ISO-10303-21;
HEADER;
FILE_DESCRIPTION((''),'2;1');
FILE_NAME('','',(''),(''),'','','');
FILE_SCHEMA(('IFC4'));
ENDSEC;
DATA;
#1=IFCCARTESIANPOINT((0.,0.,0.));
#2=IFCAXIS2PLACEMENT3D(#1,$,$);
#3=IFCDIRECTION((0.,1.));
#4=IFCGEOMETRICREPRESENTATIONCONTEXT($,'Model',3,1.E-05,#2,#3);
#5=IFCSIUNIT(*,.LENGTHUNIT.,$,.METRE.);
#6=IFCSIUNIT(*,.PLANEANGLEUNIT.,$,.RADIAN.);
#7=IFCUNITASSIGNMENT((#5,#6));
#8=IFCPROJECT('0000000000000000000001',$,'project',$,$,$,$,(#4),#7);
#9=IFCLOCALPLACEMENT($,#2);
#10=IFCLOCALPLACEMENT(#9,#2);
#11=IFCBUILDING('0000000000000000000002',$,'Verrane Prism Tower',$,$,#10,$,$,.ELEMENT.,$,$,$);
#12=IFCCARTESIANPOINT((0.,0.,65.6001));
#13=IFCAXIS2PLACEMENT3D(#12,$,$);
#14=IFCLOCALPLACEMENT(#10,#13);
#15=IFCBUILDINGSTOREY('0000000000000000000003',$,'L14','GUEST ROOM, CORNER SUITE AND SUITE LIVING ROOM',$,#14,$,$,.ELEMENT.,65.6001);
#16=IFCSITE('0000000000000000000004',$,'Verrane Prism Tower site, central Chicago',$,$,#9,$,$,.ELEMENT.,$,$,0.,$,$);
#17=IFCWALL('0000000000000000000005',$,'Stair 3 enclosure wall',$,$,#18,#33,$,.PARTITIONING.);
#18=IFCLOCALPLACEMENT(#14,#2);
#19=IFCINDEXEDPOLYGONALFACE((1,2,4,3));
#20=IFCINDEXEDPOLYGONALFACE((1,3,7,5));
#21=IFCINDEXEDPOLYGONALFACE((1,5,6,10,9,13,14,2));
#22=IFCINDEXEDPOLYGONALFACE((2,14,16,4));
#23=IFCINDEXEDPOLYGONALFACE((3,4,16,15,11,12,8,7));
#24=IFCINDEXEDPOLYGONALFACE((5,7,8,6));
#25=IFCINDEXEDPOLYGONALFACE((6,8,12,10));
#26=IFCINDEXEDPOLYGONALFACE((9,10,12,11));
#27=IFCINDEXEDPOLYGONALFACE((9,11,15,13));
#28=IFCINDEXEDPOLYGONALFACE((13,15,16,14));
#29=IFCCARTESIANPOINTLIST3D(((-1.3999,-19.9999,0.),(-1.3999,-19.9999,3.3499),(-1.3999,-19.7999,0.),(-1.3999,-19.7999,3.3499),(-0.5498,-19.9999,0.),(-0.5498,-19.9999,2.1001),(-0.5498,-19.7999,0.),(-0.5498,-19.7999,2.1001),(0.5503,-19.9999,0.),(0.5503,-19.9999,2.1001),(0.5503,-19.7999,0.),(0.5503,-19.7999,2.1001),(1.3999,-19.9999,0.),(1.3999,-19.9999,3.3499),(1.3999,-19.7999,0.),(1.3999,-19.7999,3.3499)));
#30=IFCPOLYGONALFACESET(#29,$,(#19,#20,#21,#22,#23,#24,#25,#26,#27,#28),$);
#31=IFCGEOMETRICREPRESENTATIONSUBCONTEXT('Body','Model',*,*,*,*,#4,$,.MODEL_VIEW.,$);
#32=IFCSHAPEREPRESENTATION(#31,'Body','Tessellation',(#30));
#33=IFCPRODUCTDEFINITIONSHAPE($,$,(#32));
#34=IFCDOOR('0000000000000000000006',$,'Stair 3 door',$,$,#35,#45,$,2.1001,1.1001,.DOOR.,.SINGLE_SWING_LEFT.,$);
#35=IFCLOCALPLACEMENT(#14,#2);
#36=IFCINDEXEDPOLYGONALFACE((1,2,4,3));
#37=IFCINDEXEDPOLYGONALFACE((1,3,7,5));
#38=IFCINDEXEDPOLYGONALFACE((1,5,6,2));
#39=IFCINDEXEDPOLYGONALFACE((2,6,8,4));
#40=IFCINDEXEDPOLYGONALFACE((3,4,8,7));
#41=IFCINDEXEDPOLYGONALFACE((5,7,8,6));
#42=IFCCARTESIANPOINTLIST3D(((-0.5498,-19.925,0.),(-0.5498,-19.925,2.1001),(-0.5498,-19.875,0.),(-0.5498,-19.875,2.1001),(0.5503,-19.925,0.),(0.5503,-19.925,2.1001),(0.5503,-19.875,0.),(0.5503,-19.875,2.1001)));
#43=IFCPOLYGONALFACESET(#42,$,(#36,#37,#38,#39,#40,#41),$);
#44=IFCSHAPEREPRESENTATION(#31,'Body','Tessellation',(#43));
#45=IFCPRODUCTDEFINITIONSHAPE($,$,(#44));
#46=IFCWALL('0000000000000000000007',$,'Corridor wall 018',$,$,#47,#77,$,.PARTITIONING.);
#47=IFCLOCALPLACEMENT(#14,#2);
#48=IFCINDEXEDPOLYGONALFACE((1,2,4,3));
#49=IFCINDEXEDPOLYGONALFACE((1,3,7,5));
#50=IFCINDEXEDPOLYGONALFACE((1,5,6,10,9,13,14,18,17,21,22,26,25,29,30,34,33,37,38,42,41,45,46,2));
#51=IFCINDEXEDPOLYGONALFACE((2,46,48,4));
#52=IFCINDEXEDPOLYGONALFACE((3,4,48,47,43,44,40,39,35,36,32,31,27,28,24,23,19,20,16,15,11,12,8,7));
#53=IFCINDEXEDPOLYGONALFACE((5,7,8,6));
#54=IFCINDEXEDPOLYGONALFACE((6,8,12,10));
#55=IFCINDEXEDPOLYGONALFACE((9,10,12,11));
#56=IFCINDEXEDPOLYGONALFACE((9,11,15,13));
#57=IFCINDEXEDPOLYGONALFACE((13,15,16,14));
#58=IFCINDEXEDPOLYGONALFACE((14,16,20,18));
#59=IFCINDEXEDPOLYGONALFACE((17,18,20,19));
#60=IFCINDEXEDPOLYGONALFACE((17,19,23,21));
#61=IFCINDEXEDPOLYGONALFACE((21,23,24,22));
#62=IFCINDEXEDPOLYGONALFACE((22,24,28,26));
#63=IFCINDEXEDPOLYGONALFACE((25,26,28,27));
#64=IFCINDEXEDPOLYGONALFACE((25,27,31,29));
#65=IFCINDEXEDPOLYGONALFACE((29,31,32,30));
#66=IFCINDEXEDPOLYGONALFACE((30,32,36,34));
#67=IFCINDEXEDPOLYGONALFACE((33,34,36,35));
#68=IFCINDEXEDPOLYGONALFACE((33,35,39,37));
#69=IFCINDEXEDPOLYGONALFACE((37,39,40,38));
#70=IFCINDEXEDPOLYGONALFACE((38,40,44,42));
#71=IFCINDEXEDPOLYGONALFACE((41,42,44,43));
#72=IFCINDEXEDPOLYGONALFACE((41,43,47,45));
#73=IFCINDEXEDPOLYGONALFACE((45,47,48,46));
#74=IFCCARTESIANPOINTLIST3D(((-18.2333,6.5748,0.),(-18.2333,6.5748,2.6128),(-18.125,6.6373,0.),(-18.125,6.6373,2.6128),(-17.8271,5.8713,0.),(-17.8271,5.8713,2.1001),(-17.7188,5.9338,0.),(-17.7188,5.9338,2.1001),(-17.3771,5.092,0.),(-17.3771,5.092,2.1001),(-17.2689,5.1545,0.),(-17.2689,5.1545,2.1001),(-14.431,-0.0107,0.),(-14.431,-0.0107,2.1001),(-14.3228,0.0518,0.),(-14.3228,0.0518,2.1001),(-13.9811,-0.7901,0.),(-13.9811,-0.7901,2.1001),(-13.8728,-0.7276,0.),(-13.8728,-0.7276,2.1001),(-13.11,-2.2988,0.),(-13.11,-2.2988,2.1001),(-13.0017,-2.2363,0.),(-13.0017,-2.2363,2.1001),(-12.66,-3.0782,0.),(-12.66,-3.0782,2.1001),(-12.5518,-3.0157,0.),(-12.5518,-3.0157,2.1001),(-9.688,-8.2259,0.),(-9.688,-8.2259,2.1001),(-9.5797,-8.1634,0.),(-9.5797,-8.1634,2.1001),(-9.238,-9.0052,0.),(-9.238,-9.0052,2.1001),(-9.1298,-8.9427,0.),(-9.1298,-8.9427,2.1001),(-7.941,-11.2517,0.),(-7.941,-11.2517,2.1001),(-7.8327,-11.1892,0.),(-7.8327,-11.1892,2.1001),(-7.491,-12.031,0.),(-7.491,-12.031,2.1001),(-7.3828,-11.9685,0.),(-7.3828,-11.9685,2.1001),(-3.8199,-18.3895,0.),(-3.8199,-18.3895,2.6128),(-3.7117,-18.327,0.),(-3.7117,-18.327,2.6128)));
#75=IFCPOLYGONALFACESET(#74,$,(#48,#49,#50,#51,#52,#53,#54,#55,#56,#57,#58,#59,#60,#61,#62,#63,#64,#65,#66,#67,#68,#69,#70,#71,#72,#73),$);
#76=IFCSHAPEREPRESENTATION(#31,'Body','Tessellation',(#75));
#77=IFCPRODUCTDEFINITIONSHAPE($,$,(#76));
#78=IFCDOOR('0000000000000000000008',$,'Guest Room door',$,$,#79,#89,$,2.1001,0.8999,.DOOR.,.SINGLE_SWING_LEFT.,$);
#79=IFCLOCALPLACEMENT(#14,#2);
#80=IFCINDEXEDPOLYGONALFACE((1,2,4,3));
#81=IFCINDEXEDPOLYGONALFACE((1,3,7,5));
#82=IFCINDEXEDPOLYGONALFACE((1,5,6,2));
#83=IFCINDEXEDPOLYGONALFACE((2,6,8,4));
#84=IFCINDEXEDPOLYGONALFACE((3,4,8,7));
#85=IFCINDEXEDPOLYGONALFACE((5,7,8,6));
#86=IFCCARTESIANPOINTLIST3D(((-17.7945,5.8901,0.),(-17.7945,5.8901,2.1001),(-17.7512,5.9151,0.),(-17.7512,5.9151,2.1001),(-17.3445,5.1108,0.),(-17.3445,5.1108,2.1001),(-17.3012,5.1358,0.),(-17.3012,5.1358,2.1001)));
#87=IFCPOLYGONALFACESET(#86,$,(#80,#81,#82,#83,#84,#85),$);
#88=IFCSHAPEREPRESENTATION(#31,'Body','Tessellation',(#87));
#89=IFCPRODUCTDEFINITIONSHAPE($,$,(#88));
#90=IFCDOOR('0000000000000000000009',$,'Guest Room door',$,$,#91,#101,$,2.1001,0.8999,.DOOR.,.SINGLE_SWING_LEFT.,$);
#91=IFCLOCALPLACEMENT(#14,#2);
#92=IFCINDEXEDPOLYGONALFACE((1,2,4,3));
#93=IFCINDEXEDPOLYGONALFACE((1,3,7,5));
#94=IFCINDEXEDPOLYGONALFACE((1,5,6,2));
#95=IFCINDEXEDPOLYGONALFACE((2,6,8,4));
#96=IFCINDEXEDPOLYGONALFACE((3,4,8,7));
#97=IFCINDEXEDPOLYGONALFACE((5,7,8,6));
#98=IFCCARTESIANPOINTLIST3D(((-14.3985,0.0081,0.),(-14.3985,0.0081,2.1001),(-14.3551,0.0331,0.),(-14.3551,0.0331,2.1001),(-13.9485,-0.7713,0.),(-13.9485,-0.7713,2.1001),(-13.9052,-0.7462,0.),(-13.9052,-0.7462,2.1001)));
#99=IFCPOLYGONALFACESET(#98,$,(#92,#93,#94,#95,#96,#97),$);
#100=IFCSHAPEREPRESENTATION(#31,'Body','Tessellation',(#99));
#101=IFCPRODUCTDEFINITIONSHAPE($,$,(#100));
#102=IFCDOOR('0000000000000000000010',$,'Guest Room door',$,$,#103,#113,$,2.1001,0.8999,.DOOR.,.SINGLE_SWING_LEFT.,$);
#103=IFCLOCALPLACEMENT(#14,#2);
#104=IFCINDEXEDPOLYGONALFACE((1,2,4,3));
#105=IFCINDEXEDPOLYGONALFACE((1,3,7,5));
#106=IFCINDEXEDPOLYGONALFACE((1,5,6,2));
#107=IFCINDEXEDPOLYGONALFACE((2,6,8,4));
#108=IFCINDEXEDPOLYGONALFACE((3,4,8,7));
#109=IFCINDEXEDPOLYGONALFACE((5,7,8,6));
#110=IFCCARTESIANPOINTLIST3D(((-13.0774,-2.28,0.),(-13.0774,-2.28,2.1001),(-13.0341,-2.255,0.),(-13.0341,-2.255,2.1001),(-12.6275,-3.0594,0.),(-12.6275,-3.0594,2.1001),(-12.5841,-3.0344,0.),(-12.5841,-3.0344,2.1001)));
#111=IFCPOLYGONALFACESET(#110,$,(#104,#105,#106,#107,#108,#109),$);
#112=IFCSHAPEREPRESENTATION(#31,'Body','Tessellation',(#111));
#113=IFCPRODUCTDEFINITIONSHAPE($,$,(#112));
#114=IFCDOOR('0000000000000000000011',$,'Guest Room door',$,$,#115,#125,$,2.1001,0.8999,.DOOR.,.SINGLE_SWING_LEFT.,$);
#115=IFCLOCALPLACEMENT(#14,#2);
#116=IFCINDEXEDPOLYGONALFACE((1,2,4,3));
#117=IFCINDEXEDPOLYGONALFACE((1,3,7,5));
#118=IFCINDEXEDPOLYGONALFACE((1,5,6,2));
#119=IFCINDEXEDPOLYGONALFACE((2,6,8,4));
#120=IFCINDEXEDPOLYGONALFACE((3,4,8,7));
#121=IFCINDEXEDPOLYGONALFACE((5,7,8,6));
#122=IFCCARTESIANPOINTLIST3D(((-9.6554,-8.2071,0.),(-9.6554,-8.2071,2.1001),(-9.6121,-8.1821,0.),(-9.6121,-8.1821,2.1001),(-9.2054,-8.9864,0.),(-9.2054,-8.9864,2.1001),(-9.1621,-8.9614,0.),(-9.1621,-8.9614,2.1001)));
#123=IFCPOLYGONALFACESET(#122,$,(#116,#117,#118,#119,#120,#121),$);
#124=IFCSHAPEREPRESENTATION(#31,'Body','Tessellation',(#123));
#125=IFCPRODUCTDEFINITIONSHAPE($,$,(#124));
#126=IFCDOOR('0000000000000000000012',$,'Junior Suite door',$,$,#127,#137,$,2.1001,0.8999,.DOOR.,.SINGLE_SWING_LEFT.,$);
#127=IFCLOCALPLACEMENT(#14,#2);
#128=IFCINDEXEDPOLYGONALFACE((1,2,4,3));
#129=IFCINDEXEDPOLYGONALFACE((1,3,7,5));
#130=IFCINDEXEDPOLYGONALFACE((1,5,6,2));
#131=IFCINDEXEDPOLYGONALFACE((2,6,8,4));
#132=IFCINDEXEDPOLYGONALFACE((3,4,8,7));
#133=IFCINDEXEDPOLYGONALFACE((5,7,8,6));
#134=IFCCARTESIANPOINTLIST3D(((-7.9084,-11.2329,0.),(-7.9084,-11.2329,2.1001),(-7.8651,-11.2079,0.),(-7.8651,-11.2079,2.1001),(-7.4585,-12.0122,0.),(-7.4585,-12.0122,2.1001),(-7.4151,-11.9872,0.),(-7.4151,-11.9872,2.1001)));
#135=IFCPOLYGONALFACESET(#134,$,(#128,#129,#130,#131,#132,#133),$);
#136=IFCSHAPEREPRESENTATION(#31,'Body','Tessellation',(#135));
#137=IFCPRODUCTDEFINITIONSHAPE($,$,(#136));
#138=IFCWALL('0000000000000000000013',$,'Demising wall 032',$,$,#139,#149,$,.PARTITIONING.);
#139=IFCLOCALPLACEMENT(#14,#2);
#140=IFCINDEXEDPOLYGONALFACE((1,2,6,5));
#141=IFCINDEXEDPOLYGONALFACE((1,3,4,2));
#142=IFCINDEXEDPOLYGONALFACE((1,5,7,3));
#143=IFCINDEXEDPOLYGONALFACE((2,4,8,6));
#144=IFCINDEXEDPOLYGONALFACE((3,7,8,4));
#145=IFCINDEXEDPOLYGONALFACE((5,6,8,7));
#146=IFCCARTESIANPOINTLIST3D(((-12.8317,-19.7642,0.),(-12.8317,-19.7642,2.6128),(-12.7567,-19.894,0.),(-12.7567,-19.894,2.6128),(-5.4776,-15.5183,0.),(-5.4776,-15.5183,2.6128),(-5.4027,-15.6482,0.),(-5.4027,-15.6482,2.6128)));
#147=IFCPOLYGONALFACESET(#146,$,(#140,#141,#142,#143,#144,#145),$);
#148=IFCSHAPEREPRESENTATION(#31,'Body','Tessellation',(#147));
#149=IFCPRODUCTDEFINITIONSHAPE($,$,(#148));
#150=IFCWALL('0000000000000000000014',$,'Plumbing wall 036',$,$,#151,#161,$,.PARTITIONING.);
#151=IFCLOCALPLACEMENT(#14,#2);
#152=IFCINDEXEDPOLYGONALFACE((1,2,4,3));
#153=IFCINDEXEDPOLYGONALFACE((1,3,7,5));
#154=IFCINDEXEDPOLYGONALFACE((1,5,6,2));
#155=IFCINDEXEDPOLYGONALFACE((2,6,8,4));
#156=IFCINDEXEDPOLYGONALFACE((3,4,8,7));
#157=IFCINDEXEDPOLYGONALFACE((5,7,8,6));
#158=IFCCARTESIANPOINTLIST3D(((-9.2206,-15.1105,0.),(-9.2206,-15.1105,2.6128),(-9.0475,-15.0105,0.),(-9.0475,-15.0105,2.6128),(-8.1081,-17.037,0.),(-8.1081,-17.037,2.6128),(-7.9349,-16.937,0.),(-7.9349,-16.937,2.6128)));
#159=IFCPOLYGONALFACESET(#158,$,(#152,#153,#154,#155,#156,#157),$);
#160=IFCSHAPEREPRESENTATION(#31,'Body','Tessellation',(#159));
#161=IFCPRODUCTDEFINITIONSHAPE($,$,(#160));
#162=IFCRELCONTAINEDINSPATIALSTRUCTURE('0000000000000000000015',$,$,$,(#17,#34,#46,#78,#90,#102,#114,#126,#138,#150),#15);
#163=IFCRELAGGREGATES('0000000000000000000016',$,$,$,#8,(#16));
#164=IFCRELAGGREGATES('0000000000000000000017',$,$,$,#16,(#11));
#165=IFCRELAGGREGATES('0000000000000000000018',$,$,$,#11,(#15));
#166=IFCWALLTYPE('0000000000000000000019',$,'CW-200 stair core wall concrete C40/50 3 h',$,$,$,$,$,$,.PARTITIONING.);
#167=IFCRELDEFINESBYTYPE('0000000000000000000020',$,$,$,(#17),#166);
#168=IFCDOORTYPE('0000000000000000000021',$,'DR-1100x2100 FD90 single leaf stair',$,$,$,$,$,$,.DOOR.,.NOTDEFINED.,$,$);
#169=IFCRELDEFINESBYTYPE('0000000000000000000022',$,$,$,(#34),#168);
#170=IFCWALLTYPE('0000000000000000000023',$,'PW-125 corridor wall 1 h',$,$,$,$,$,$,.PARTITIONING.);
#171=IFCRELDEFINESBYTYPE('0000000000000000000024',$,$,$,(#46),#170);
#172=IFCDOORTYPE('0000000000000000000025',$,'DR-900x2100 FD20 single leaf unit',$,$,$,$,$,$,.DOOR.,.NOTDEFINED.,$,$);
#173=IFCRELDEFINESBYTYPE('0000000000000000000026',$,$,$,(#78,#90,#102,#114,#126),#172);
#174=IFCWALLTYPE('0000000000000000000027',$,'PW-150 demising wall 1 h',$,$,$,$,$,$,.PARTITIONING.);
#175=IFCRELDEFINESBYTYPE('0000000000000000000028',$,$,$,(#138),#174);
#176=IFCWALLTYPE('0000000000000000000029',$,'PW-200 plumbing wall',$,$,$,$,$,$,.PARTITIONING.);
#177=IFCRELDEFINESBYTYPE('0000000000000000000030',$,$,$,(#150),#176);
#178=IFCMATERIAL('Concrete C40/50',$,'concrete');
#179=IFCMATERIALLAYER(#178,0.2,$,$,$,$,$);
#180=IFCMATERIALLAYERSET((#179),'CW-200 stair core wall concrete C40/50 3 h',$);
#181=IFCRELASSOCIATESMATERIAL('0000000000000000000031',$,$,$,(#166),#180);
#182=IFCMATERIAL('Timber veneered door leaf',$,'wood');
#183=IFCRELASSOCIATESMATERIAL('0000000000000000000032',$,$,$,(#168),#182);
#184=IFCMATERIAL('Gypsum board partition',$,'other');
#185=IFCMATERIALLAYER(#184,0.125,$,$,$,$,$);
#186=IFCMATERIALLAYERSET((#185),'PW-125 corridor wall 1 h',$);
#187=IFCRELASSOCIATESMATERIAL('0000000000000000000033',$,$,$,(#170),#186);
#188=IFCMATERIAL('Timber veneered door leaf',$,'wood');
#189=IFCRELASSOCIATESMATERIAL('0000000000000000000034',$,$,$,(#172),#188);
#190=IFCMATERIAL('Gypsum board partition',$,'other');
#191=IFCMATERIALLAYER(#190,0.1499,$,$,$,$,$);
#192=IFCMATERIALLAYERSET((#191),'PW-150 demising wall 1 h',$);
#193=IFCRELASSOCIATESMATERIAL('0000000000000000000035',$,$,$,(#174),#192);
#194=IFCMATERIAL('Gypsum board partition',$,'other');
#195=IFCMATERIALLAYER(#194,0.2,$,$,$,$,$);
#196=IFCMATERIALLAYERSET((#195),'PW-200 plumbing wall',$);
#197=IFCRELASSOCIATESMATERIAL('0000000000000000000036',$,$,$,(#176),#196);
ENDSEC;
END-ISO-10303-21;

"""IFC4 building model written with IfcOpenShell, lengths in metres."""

from ifc_helpers import new_model, si_unit, direction, frame, frame_2d, origin, place, context, subcontext, project, spatial, rectangle, extrude, material, layer, layer_set, type_object, element, fill, save


model = new_model("IFC4")

# Units and contexts
model_context = context("Model", 3, precision=1e-05, world=origin(), true_north=direction((0.0, 1.0)))
body_context = subcontext(model_context, "Body", "Model", "MODEL_VIEW")
ifc_project = project(units=[si_unit("LENGTHUNIT", "METRE"), si_unit("PLANEANGLEUNIT", "RADIAN")], contexts=[model_context])

# Site, building, storey
site_placement = place(None, origin())
site = spatial("IfcSite", under=ifc_project, at=site_placement, Name="Verrane Prism Tower site, central Chicago", CompositionType="ELEMENT", RefElevation=0.0)
building_placement = place(site_placement, origin())
building = spatial("IfcBuilding", under=site, at=building_placement, Name="Verrane Prism Tower", CompositionType="ELEMENT")
storey_placement = place(building_placement, frame((0.0, 0.0, 65.6001)))
storey = spatial("IfcBuildingStorey", under=building, at=storey_placement, Name="L14", Description="GUEST ROOM, CORNER SUITE AND SUITE LIVING ROOM", CompositionType="ELEMENT", Elevation=65.6001)

# Wall, opening, door
ifc_material_1 = material(Name="Concrete C40/50", Category="concrete")
ifc_layer_1 = layer(ifc_material_1, 0.2)
ifc_layer_set_1 = layer_set([ifc_layer_1], Name="CW-200 stair core wall concrete C40/50 3 h")
wall_type_1 = type_object("IfcWallType", Name="CW-200 stair core wall concrete C40/50 3 h", PredefinedType="PARTITIONING", material=ifc_layer_set_1)
wall_1_placement = place(storey_placement, frame((-1.3999, -19.8999, 0.0), z_axis=(0.0, 0.0, 1.0), x_axis=(1.0, 0.0, 0.0)))
wall_1 = element("IfcWall", 1, at=wall_1_placement, inside=storey, type_object=wall_type_1, Name="Stair 3 enclosure wall", PredefinedType="PARTITIONING", context=body_context, shape_type="SweptSolid", body=[
    extrude(rectangle(XDim=2.7998, YDim=0.2, at=frame_2d((1.3999, 0.0))), origin(), (0.0, 0.0, 1.0), 3.3499),
])
opening_1_placement = place(wall_1_placement, frame((0.8501, 0.0, 0.0)))
opening_1 = element("IfcOpeningElement", 2, at=opening_1_placement, cuts=wall_1, PredefinedType="OPENING", context=body_context, shape_type="SweptSolid", body=[
    extrude(rectangle(XDim=1.1001, YDim=2.1001, at=frame_2d((0.55, 1.05))), frame((0.0, 0.1099, 0.0), z_axis=(0.0, -1.0, 0.0), x_axis=(1.0, 0.0, 0.0)), (0.0, 0.0, 1.0), 0.22),
])
ifc_material_2 = material(Name="Timber veneered door leaf", Category="wood")
door_type_1 = type_object("IfcDoorType", Name="DR-1100x2100 FD90 single leaf stair", OperationType="NOTDEFINED", PredefinedType="DOOR", material=ifc_material_2)
door_1_placement = place(opening_1_placement, origin())
door_1 = element("IfcDoor", 3, at=door_1_placement, inside=storey, type_object=door_type_1, Name="Stair 3 door", OperationType="SINGLE_SWING_LEFT", OverallHeight=2.1001, OverallWidth=1.1001, PredefinedType="DOOR", context=body_context, shape_type="SweptSolid", body=[
    extrude(rectangle(XDim=1.1001, YDim=2.1001, at=frame_2d((0.55, 1.05))), frame((0.0, 0.0249, 0.0), z_axis=(0.0, -1.0, 0.0), x_axis=(1.0, 0.0, 0.0)), (0.0, 0.0, 1.0), 0.05),
])
fill(opening_1, door_1)

# Wall, openings, doors
ifc_material_3 = material(Name="Gypsum board partition", Category="other")
ifc_layer_2 = layer(ifc_material_3, 0.125)
ifc_layer_set_2 = layer_set([ifc_layer_2], Name="PW-125 corridor wall 1 h")
wall_type_2 = type_object("IfcWallType", Name="PW-125 corridor wall 1 h", PredefinedType="PARTITIONING", material=ifc_layer_set_2)
wall_2_placement = place(storey_placement, frame((-3.7659, -18.3582, 0.0), z_axis=(0.0, 0.0, 1.0), x_axis=(-0.500004, 0.866023, 0.0)))
wall_2 = element("IfcWall", 4, at=wall_2_placement, inside=storey, type_object=wall_type_2, Name="Corridor wall 018", PredefinedType="PARTITIONING", context=body_context, shape_type="SweptSolid", body=[
    extrude(rectangle(XDim=28.8264, YDim=0.125, at=frame_2d((14.4131, 0.0))), origin(), (0.0, 0.0, 1.0), 2.6128),
])
opening_2_placement = place(wall_2_placement, frame((27.114, 0.0, 0.0)))
opening_2 = element("IfcOpeningElement", 5, at=opening_2_placement, cuts=wall_2, PredefinedType="OPENING", context=body_context, shape_type="SweptSolid", body=[
    extrude(rectangle(XDim=0.8999, YDim=2.1001, at=frame_2d((0.45, 1.05))), frame((0.0, 0.0725, 0.0), z_axis=(0.0, -1.0, 0.0), x_axis=(1.0, 0.0, 0.0)), (0.0, 0.0, 1.0), 0.145),
])
opening_3_placement = place(wall_2_placement, frame((20.322, 0.0, 0.0)))
opening_3 = element("IfcOpeningElement", 6, at=opening_3_placement, cuts=wall_2, PredefinedType="OPENING", context=body_context, shape_type="SweptSolid", body=[
    extrude(rectangle(XDim=0.8999, YDim=2.1001, at=frame_2d((0.45, 1.05))), frame((0.0, 0.0725, 0.0), z_axis=(0.0, -1.0, 0.0), x_axis=(1.0, 0.0, 0.0)), (0.0, 0.0, 1.0), 0.145),
])
opening_4_placement = place(wall_2_placement, frame((17.6799, 0.0, 0.0)))
opening_4 = element("IfcOpeningElement", 7, at=opening_4_placement, cuts=wall_2, PredefinedType="OPENING", context=body_context, shape_type="SweptSolid", body=[
    extrude(rectangle(XDim=0.8999, YDim=2.1001, at=frame_2d((0.45, 1.05))), frame((0.0, 0.0725, 0.0), z_axis=(0.0, -1.0, 0.0), x_axis=(1.0, 0.0, 0.0)), (0.0, 0.0, 1.0), 0.145),
])
opening_5_placement = place(wall_2_placement, frame((10.8359, 0.0, 0.0)))
opening_5 = element("IfcOpeningElement", 8, at=opening_5_placement, cuts=wall_2, PredefinedType="OPENING", context=body_context, shape_type="SweptSolid", body=[
    extrude(rectangle(XDim=0.8999, YDim=2.1001, at=frame_2d((0.45, 1.05))), frame((0.0, 0.0725, 0.0), z_axis=(0.0, -1.0, 0.0), x_axis=(1.0, 0.0, 0.0)), (0.0, 0.0, 1.0), 0.145),
])
opening_6_placement = place(wall_2_placement, frame((7.342, 0.0, 0.0)))
opening_6 = element("IfcOpeningElement", 9, at=opening_6_placement, cuts=wall_2, PredefinedType="OPENING", context=body_context, shape_type="SweptSolid", body=[
    extrude(rectangle(XDim=0.8999, YDim=2.1001, at=frame_2d((0.45, 1.05))), frame((0.0, 0.0725, 0.0), z_axis=(0.0, -1.0, 0.0), x_axis=(1.0, 0.0, 0.0)), (0.0, 0.0, 1.0), 0.145),
])
ifc_material_4 = material(Name="Timber veneered door leaf", Category="wood")
door_type_2 = type_object("IfcDoorType", Name="DR-900x2100 FD20 single leaf unit", OperationType="NOTDEFINED", PredefinedType="DOOR", material=ifc_material_4)
door_2_placement = place(opening_2_placement, origin())
door_2 = element("IfcDoor", 10, at=door_2_placement, inside=storey, type_object=door_type_2, Name="Guest Room door", OperationType="SINGLE_SWING_LEFT", OverallHeight=2.1001, OverallWidth=0.8999, PredefinedType="DOOR", context=body_context, shape_type="SweptSolid", body=[
    extrude(rectangle(XDim=0.8999, YDim=2.1001, at=frame_2d((0.45, 1.05))), frame((0.0, 0.0249, 0.0), z_axis=(0.0, -1.0, 0.0), x_axis=(1.0, 0.0, 0.0)), (0.0, 0.0, 1.0), 0.05),
])
fill(opening_2, door_2)
door_3_placement = place(opening_3_placement, origin())
door_3 = element("IfcDoor", 11, at=door_3_placement, inside=storey, type_object=door_type_2, Name="Guest Room door", OperationType="SINGLE_SWING_LEFT", OverallHeight=2.1001, OverallWidth=0.8999, PredefinedType="DOOR", context=body_context, shape_type="SweptSolid", body=[
    extrude(rectangle(XDim=0.8999, YDim=2.1001, at=frame_2d((0.45, 1.05))), frame((0.0, 0.0249, 0.0), z_axis=(0.0, -1.0, 0.0), x_axis=(1.0, 0.0, 0.0)), (0.0, 0.0, 1.0), 0.05),
])
fill(opening_3, door_3)
door_4_placement = place(opening_4_placement, origin())
door_4 = element("IfcDoor", 12, at=door_4_placement, inside=storey, type_object=door_type_2, Name="Guest Room door", OperationType="SINGLE_SWING_LEFT", OverallHeight=2.1001, OverallWidth=0.8999, PredefinedType="DOOR", context=body_context, shape_type="SweptSolid", body=[
    extrude(rectangle(XDim=0.8999, YDim=2.1001, at=frame_2d((0.45, 1.05))), frame((0.0, 0.0249, 0.0), z_axis=(0.0, -1.0, 0.0), x_axis=(1.0, 0.0, 0.0)), (0.0, 0.0, 1.0), 0.05),
])
fill(opening_4, door_4)
door_5_placement = place(opening_5_placement, origin())
door_5 = element("IfcDoor", 13, at=door_5_placement, inside=storey, type_object=door_type_2, Name="Guest Room door", OperationType="SINGLE_SWING_LEFT", OverallHeight=2.1001, OverallWidth=0.8999, PredefinedType="DOOR", context=body_context, shape_type="SweptSolid", body=[
    extrude(rectangle(XDim=0.8999, YDim=2.1001, at=frame_2d((0.45, 1.05))), frame((0.0, 0.0249, 0.0), z_axis=(0.0, -1.0, 0.0), x_axis=(1.0, 0.0, 0.0)), (0.0, 0.0, 1.0), 0.05),
])
fill(opening_5, door_5)
door_6_placement = place(opening_6_placement, origin())
door_6 = element("IfcDoor", 14, at=door_6_placement, inside=storey, type_object=door_type_2, Name="Junior Suite door", OperationType="SINGLE_SWING_LEFT", OverallHeight=2.1001, OverallWidth=0.8999, PredefinedType="DOOR", context=body_context, shape_type="SweptSolid", body=[
    extrude(rectangle(XDim=0.8999, YDim=2.1001, at=frame_2d((0.45, 1.05))), frame((0.0, 0.0249, 0.0), z_axis=(0.0, -1.0, 0.0), x_axis=(1.0, 0.0, 0.0)), (0.0, 0.0, 1.0), 0.05),
])
fill(opening_6, door_6)

# Walls
ifc_material_5 = material(Name="Gypsum board partition", Category="other")
ifc_layer_3 = layer(ifc_material_5, 0.1499)
ifc_layer_set_3 = layer_set([ifc_layer_3], Name="PW-150 demising wall 1 h")
wall_type_3 = type_object("IfcWallType", Name="PW-150 demising wall 1 h", PredefinedType="PARTITIONING", material=ifc_layer_set_3)
wall_3_placement = place(storey_placement, frame((-12.7942, -19.8291, 0.0), z_axis=(0.0, 0.0, 1.0), x_axis=(0.866025, 0.500001, 0.0)))
element("IfcWall", 15, at=wall_3_placement, inside=storey, type_object=wall_type_3, Name="Demising wall 032", PredefinedType="PARTITIONING", context=body_context, shape_type="SweptSolid", body=[
    extrude(rectangle(XDim=8.4917, YDim=0.1499, at=frame_2d((4.2458, 0.0))), origin(), (0.0, 0.0, 1.0), 2.6128),
])
ifc_material_6 = material(Name="Gypsum board partition", Category="other")
ifc_layer_4 = layer(ifc_material_6, 0.2)
ifc_layer_set_4 = layer_set([ifc_layer_4], Name="PW-200 plumbing wall")
wall_type_4 = type_object("IfcWallType", Name="PW-200 plumbing wall", PredefinedType="PARTITIONING", material=ifc_layer_set_4)
wall_4_placement = place(storey_placement, frame((-9.134, -15.0605, 0.0), z_axis=(0.0, 0.0, 1.0), x_axis=(0.500093, -0.865972, 0.0)))
element("IfcWall", 16, at=wall_4_placement, inside=storey, type_object=wall_type_4, Name="Plumbing wall 036", PredefinedType="PARTITIONING", context=body_context, shape_type="SweptSolid", body=[
    extrude(rectangle(XDim=2.2246, YDim=0.2, at=frame_2d((1.1123, 0.0))), origin(), (0.0, 0.0, 1.0), 2.6128),
])

save(model, "model.ifc")
